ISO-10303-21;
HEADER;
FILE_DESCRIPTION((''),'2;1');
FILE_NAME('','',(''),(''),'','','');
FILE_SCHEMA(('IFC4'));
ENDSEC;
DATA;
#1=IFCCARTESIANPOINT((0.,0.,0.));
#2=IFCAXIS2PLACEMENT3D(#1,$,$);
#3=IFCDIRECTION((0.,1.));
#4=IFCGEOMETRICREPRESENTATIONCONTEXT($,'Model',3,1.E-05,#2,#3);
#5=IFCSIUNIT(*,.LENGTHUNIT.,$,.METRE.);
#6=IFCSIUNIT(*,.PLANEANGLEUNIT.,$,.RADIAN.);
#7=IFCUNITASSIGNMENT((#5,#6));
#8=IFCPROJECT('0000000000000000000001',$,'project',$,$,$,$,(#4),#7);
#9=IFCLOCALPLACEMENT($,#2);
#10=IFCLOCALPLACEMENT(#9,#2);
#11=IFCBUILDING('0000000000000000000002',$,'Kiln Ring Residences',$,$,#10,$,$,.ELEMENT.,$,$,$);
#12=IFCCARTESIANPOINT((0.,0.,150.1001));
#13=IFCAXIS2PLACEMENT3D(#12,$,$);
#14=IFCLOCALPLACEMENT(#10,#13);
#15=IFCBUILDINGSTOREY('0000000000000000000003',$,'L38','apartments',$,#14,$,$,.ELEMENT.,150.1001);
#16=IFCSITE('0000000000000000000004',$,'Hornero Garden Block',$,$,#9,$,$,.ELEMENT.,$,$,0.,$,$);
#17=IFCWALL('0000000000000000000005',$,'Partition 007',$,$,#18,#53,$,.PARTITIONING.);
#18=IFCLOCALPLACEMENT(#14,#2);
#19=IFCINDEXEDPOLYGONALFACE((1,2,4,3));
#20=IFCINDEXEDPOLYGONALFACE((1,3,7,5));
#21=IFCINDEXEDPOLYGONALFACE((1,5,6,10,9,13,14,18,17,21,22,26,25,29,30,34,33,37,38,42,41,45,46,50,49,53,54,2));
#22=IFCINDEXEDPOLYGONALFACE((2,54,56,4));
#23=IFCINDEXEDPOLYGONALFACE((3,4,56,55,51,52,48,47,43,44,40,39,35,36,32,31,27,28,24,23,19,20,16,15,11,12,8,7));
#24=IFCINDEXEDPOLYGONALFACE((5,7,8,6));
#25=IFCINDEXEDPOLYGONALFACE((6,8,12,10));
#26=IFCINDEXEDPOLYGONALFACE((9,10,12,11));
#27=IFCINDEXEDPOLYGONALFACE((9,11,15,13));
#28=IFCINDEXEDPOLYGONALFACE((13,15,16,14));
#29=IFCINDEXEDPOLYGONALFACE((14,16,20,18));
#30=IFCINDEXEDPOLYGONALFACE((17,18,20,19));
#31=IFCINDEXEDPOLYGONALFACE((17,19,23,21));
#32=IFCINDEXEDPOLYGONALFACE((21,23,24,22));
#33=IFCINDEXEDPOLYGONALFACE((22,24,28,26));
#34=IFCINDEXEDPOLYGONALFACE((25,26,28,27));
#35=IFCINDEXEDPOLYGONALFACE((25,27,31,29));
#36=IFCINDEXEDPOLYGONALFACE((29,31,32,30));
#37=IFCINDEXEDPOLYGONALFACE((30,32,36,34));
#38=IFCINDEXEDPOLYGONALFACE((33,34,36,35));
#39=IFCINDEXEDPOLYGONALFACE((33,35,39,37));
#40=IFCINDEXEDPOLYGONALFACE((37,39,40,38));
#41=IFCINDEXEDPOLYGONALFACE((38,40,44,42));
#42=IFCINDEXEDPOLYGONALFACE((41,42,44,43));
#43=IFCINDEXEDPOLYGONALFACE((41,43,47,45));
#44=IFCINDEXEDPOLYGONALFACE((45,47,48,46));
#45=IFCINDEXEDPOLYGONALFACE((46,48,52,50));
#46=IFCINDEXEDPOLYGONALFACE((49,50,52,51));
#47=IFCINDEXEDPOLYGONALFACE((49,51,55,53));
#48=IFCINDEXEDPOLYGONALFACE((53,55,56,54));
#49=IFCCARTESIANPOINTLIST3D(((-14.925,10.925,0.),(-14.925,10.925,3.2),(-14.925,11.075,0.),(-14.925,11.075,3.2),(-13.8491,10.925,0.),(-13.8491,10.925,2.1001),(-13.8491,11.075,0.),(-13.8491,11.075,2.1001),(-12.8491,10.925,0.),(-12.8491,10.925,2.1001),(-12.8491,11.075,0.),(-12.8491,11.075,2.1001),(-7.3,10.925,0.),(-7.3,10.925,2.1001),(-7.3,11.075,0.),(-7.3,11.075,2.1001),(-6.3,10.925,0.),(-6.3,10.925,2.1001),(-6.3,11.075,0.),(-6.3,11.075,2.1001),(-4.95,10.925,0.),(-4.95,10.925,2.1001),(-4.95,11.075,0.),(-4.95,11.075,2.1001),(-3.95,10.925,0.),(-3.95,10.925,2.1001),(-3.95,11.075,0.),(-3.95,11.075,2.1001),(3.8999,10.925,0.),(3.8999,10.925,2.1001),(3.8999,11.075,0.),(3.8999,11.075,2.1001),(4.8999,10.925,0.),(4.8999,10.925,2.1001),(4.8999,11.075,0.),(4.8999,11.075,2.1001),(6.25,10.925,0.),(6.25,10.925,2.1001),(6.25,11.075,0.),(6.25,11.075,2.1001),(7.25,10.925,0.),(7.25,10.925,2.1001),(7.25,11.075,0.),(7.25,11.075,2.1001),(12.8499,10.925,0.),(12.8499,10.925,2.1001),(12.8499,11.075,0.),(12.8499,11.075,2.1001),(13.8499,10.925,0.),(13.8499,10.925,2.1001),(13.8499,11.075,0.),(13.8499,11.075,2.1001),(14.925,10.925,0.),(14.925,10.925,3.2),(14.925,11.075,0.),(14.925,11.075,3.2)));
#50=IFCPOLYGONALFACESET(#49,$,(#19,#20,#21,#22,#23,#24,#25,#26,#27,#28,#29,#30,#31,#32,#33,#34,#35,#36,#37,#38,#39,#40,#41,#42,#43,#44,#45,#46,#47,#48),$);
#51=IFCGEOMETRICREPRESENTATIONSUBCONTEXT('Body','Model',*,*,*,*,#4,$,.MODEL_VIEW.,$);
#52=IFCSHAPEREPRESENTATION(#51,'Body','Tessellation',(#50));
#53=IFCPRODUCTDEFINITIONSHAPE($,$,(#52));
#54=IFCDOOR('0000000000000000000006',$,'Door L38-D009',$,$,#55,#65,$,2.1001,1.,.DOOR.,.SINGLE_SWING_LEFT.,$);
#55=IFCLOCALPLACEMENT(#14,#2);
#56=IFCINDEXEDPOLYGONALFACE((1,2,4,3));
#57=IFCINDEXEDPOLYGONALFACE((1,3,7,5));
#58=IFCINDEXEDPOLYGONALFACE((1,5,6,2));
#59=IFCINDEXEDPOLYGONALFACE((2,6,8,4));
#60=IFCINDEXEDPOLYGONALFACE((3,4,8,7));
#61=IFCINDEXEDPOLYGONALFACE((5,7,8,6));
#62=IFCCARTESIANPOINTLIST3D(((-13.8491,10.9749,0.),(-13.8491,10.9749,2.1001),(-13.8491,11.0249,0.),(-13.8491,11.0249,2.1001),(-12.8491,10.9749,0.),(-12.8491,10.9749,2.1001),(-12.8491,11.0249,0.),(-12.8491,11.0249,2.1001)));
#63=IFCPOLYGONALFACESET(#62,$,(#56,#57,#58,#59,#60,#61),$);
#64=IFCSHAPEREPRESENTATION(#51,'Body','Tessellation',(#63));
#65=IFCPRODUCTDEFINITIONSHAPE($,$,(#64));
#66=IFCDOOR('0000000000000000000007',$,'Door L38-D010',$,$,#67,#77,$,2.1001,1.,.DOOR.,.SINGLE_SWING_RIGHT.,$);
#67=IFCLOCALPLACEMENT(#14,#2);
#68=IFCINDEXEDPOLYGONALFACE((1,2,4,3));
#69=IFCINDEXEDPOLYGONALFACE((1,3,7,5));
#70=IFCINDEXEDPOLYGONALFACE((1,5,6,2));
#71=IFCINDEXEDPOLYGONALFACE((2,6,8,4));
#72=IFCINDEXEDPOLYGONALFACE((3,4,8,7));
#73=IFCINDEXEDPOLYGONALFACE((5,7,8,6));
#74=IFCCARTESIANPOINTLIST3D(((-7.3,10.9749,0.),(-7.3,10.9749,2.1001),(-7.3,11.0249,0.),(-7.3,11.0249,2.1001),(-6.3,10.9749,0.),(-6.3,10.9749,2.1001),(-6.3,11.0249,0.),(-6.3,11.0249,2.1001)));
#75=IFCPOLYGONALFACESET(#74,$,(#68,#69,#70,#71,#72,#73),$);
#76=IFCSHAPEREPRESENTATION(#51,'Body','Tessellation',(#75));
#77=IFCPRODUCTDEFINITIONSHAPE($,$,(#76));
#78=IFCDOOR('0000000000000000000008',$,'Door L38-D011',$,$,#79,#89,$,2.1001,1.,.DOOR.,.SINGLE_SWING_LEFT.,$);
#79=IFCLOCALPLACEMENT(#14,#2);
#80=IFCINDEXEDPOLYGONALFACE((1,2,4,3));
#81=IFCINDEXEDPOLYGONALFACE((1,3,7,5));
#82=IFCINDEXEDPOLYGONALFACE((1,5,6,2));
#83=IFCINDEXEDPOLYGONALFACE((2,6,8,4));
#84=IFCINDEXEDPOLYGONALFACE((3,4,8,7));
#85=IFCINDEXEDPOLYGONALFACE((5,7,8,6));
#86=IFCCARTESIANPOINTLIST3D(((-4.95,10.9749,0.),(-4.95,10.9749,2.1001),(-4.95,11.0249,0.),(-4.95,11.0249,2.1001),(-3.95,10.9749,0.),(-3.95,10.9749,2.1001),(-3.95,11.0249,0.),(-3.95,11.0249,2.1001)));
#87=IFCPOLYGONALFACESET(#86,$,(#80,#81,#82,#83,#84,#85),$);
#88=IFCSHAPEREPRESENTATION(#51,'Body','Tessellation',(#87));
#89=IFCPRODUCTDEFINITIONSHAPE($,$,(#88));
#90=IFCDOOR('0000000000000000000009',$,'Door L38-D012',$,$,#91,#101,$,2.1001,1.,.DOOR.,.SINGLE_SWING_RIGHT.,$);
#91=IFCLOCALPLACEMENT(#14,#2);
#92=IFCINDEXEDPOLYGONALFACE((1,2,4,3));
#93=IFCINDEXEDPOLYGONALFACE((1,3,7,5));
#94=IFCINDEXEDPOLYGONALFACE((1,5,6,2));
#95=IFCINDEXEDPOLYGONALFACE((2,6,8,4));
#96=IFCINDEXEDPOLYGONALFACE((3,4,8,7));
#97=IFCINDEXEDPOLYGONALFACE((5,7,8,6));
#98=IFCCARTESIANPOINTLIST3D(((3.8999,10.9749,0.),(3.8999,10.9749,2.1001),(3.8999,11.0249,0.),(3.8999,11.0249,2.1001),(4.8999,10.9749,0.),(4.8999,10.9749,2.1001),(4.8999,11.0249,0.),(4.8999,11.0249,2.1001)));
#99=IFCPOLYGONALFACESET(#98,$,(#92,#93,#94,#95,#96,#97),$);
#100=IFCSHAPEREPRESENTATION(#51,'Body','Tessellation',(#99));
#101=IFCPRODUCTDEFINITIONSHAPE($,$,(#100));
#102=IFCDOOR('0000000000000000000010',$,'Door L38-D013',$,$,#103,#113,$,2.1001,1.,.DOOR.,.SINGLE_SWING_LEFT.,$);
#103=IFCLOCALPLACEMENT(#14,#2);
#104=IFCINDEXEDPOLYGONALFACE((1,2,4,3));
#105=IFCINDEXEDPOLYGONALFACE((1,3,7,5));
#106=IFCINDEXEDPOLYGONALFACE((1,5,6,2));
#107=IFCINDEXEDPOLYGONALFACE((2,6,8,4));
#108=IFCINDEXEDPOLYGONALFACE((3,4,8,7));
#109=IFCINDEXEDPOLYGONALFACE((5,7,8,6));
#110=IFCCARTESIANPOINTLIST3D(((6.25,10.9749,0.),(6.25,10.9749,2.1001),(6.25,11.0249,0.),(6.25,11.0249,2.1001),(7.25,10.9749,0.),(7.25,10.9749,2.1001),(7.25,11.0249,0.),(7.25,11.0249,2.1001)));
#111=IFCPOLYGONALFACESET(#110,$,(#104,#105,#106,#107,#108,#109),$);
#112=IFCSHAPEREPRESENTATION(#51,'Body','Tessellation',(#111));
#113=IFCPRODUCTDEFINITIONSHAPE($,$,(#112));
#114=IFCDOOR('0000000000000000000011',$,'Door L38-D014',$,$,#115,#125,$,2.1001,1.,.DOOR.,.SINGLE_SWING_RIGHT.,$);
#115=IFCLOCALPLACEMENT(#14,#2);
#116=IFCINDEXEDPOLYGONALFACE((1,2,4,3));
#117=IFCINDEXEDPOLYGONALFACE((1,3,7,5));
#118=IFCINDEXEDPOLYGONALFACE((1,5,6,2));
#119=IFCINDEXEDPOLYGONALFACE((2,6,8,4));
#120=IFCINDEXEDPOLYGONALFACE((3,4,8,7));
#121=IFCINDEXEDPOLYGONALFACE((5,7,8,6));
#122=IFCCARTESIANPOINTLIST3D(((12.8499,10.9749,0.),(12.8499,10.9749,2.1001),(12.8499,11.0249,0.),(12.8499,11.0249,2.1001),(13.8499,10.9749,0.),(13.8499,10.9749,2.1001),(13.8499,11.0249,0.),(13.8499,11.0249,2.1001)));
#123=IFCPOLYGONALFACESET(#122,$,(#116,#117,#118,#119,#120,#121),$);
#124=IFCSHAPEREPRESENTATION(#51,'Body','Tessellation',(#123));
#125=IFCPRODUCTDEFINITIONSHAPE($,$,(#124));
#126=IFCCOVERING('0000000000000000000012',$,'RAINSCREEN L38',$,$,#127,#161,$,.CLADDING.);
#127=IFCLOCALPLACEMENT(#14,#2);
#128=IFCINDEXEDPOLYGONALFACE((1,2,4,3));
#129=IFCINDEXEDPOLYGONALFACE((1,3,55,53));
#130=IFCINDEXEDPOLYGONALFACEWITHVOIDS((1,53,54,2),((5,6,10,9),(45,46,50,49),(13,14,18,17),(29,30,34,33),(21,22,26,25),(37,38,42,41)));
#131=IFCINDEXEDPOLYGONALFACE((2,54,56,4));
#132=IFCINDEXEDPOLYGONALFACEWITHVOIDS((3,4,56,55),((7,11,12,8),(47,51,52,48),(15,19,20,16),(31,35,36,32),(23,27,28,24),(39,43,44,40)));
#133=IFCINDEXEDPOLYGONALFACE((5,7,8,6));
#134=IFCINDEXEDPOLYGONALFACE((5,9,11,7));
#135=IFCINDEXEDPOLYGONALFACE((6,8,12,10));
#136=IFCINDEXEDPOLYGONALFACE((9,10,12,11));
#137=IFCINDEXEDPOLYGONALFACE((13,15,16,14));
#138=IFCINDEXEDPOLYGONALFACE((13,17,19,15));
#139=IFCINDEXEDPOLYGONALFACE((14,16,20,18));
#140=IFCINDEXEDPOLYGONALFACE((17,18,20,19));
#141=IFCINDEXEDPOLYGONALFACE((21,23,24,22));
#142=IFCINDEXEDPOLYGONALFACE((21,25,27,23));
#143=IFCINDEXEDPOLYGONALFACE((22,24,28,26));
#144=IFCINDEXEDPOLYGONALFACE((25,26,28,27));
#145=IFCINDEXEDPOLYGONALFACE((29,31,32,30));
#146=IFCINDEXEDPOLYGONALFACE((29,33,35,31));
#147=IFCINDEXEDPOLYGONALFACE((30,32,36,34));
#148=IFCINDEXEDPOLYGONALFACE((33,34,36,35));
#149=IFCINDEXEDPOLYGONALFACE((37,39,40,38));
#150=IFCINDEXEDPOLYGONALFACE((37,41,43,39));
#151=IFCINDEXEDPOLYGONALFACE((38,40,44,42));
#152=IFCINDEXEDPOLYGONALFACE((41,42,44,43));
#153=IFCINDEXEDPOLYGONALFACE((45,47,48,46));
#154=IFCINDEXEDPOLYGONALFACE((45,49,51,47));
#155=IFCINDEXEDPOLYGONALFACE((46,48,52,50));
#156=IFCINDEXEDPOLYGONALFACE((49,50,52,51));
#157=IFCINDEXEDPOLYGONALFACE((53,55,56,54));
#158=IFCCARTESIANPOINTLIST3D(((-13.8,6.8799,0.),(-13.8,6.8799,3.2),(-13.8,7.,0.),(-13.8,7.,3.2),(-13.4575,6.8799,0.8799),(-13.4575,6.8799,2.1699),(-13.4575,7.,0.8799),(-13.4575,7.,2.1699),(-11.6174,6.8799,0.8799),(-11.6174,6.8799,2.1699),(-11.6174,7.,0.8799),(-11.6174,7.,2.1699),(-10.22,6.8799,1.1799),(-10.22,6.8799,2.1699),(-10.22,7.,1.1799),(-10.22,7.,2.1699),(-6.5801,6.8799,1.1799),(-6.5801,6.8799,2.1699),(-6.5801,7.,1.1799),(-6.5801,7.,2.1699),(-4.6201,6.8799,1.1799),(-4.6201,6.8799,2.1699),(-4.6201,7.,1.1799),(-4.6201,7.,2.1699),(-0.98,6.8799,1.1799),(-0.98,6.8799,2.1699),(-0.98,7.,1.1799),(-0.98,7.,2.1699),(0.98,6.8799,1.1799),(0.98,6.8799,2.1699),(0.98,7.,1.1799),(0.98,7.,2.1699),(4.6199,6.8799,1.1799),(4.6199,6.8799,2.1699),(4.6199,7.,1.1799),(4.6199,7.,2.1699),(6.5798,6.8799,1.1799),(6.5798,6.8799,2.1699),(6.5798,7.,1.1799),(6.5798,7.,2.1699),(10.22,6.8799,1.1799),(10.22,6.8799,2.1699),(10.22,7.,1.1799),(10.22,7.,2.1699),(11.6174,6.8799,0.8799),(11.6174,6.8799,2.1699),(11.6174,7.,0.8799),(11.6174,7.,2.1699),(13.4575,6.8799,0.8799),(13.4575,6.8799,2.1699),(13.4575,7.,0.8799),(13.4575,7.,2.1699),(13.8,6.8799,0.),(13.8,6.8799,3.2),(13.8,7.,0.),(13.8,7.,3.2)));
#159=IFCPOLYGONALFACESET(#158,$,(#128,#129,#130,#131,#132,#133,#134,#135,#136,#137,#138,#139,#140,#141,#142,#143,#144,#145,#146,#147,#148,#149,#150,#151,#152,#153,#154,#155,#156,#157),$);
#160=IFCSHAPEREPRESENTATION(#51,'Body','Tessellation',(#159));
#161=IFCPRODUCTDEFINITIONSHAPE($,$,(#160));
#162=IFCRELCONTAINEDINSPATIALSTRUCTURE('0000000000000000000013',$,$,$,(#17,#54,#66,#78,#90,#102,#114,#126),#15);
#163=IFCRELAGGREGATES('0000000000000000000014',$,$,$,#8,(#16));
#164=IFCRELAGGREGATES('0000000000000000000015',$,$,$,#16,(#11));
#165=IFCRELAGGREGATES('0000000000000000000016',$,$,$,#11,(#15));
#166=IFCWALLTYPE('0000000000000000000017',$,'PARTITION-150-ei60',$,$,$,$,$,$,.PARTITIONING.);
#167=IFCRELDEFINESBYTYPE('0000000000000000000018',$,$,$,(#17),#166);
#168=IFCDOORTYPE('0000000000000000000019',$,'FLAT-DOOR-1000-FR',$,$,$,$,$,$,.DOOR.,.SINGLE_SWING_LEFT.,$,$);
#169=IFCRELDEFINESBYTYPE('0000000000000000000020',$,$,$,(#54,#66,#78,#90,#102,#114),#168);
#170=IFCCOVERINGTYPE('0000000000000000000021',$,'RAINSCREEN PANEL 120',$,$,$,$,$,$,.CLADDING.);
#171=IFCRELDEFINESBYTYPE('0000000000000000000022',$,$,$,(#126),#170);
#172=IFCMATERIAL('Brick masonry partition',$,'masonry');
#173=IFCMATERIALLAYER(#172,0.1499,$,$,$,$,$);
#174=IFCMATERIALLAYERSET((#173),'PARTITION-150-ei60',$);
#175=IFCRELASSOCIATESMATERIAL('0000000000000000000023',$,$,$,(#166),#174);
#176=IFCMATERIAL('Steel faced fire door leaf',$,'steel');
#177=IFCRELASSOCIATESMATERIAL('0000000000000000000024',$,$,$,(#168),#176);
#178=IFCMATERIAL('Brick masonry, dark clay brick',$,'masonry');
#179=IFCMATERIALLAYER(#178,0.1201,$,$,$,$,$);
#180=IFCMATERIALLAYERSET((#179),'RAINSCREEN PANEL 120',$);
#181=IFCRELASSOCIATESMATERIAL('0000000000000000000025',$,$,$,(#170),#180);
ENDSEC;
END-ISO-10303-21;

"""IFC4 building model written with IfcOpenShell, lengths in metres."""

from ifc_helpers import new_model, si_unit, direction, frame, frame_2d, origin, place, context, subcontext, project, spatial, polyline, rectangle, outline, extrude, material, layer, layer_set, type_object, element, fill, save


model = new_model("IFC4")

# Units and contexts
model_context = context("Model", 3, precision=1e-05, world=origin(), true_north=direction((0.0, 1.0)))
body_context = subcontext(model_context, "Body", "Model", "MODEL_VIEW")
ifc_project = project(units=[si_unit("LENGTHUNIT", "METRE"), si_unit("PLANEANGLEUNIT", "RADIAN")], contexts=[model_context])

# Site, building, storey
site_placement = place(None, origin())
site = spatial("IfcSite", under=ifc_project, at=site_placement, Name="Hornero Garden Block", CompositionType="ELEMENT", RefElevation=0.0)
building_placement = place(site_placement, origin())
building = spatial("IfcBuilding", under=site, at=building_placement, Name="Kiln Ring Residences", CompositionType="ELEMENT")
storey_placement = place(building_placement, frame((0.0, 0.0, 150.1001)))
storey = spatial("IfcBuildingStorey", under=building, at=storey_placement, Name="L38", Description="apartments", CompositionType="ELEMENT", Elevation=150.1001)

# Wall, openings, doors
ifc_material_1 = material(Name="Brick masonry partition", Category="masonry")
ifc_layer_1 = layer(ifc_material_1, 0.1499)
ifc_layer_set_1 = layer_set([ifc_layer_1], Name="PARTITION-150-ei60")
wall_type_1 = type_object("IfcWallType", Name="PARTITION-150-ei60", PredefinedType="PARTITIONING", material=ifc_layer_set_1)
wall_1_placement = place(storey_placement, frame((-14.925, 11.0, 0.0), z_axis=(0.0, 0.0, 1.0), x_axis=(1.0, 0.0, 0.0)))
wall_1 = element("IfcWall", 1, at=wall_1_placement, inside=storey, type_object=wall_type_1, Name="Partition 007", PredefinedType="PARTITIONING", context=body_context, shape_type="SweptSolid", body=[
    extrude(rectangle(XDim=29.8501, YDim=0.1499, at=frame_2d((14.925, 0.0))), origin(), (0.0, 0.0, 1.0), 3.2),
])
opening_1_placement = place(wall_1_placement, frame((1.0759, 0.0, 0.0)))
opening_1 = element("IfcOpeningElement", 2, at=opening_1_placement, cuts=wall_1, PredefinedType="OPENING", context=body_context, shape_type="SweptSolid", body=[
    extrude(rectangle(XDim=1.0, YDim=2.1001, at=frame_2d((0.5, 1.05))), frame((0.0, 0.085, 0.0), z_axis=(0.0, -1.0, 0.0), x_axis=(1.0, 0.0, 0.0)), (0.0, 0.0, 1.0), 0.1699),
])
opening_2_placement = place(wall_1_placement, frame((7.625, 0.0, 0.0)))
opening_2 = element("IfcOpeningElement", 3, at=opening_2_placement, cuts=wall_1, PredefinedType="OPENING", context=body_context, shape_type="SweptSolid", body=[
    extrude(rectangle(XDim=1.0, YDim=2.1001, at=frame_2d((0.5, 1.05))), frame((0.0, 0.085, 0.0), z_axis=(0.0, -1.0, 0.0), x_axis=(1.0, 0.0, 0.0)), (0.0, 0.0, 1.0), 0.1699),
])
opening_3_placement = place(wall_1_placement, frame((9.9751, 0.0, 0.0)))
opening_3 = element("IfcOpeningElement", 4, at=opening_3_placement, cuts=wall_1, PredefinedType="OPENING", context=body_context, shape_type="SweptSolid", body=[
    extrude(rectangle(XDim=1.0, YDim=2.1001, at=frame_2d((0.5, 1.05))), frame((0.0, 0.085, 0.0), z_axis=(0.0, -1.0, 0.0), x_axis=(1.0, 0.0, 0.0)), (0.0, 0.0, 1.0), 0.1699),
])
opening_4_placement = place(wall_1_placement, frame((18.825, 0.0, 0.0)))
opening_4 = element("IfcOpeningElement", 5, at=opening_4_placement, cuts=wall_1, PredefinedType="OPENING", context=body_context, shape_type="SweptSolid", body=[
    extrude(rectangle(XDim=1.0, YDim=2.1001, at=frame_2d((0.5, 1.05))), frame((0.0, 0.085, 0.0), z_axis=(0.0, -1.0, 0.0), x_axis=(1.0, 0.0, 0.0)), (0.0, 0.0, 1.0), 0.1699),
])
opening_5_placement = place(wall_1_placement, frame((21.175, 0.0, 0.0)))
opening_5 = element("IfcOpeningElement", 6, at=opening_5_placement, cuts=wall_1, PredefinedType="OPENING", context=body_context, shape_type="SweptSolid", body=[
    extrude(rectangle(XDim=1.0, YDim=2.1001, at=frame_2d((0.5, 1.05))), frame((0.0, 0.085, 0.0), z_axis=(0.0, -1.0, 0.0), x_axis=(1.0, 0.0, 0.0)), (0.0, 0.0, 1.0), 0.1699),
])
opening_6_placement = place(wall_1_placement, frame((27.7749, 0.0, 0.0)))
opening_6 = element("IfcOpeningElement", 7, at=opening_6_placement, cuts=wall_1, PredefinedType="OPENING", context=body_context, shape_type="SweptSolid", body=[
    extrude(rectangle(XDim=1.0, YDim=2.1001, at=frame_2d((0.5, 1.05))), frame((0.0, 0.085, 0.0), z_axis=(0.0, -1.0, 0.0), x_axis=(1.0, 0.0, 0.0)), (0.0, 0.0, 1.0), 0.1699),
])
ifc_material_2 = material(Name="Steel faced fire door leaf", Category="steel")
door_type = type_object("IfcDoorType", Name="FLAT-DOOR-1000-FR", OperationType="SINGLE_SWING_LEFT", PredefinedType="DOOR", material=ifc_material_2)
door_1_placement = place(opening_1_placement, origin())
door_1 = element("IfcDoor", 8, at=door_1_placement, inside=storey, type_object=door_type, Name="Door L38-D009", OperationType="SINGLE_SWING_LEFT", OverallHeight=2.1001, OverallWidth=1.0, PredefinedType="DOOR", context=body_context, shape_type="SweptSolid", body=[
    extrude(rectangle(XDim=1.0, YDim=2.1001, at=frame_2d((0.5, 1.05))), frame((0.0, 0.0249, 0.0), z_axis=(0.0, -1.0, 0.0), x_axis=(1.0, 0.0, 0.0)), (0.0, 0.0, 1.0), 0.05),
])
fill(opening_1, door_1)
door_2_placement = place(opening_2_placement, origin())
door_2 = element("IfcDoor", 9, at=door_2_placement, inside=storey, type_object=door_type, Name="Door L38-D010", OperationType="SINGLE_SWING_RIGHT", OverallHeight=2.1001, OverallWidth=1.0, PredefinedType="DOOR", context=body_context, shape_type="SweptSolid", body=[
    extrude(rectangle(XDim=1.0, YDim=2.1001, at=frame_2d((0.5, 1.05))), frame((0.0, 0.0249, 0.0), z_axis=(0.0, -1.0, 0.0), x_axis=(1.0, 0.0, 0.0)), (0.0, 0.0, 1.0), 0.05),
])
fill(opening_2, door_2)
door_3_placement = place(opening_3_placement, origin())
door_3 = element("IfcDoor", 10, at=door_3_placement, inside=storey, type_object=door_type, Name="Door L38-D011", OperationType="SINGLE_SWING_LEFT", OverallHeight=2.1001, OverallWidth=1.0, PredefinedType="DOOR", context=body_context, shape_type="SweptSolid", body=[
    extrude(rectangle(XDim=1.0, YDim=2.1001, at=frame_2d((0.5, 1.05))), frame((0.0, 0.0249, 0.0), z_axis=(0.0, -1.0, 0.0), x_axis=(1.0, 0.0, 0.0)), (0.0, 0.0, 1.0), 0.05),
])
fill(opening_3, door_3)
door_4_placement = place(opening_4_placement, origin())
door_4 = element("IfcDoor", 11, at=door_4_placement, inside=storey, type_object=door_type, Name="Door L38-D012", OperationType="SINGLE_SWING_RIGHT", OverallHeight=2.1001, OverallWidth=1.0, PredefinedType="DOOR", context=body_context, shape_type="SweptSolid", body=[
    extrude(rectangle(XDim=1.0, YDim=2.1001, at=frame_2d((0.5, 1.05))), frame((0.0, 0.0249, 0.0), z_axis=(0.0, -1.0, 0.0), x_axis=(1.0, 0.0, 0.0)), (0.0, 0.0, 1.0), 0.05),
])
fill(opening_4, door_4)
door_5_placement = place(opening_5_placement, origin())
door_5 = element("IfcDoor", 12, at=door_5_placement, inside=storey, type_object=door_type, Name="Door L38-D013", OperationType="SINGLE_SWING_LEFT", OverallHeight=2.1001, OverallWidth=1.0, PredefinedType="DOOR", context=body_context, shape_type="SweptSolid", body=[
    extrude(rectangle(XDim=1.0, YDim=2.1001, at=frame_2d((0.5, 1.05))), frame((0.0, 0.0249, 0.0), z_axis=(0.0, -1.0, 0.0), x_axis=(1.0, 0.0, 0.0)), (0.0, 0.0, 1.0), 0.05),
])
fill(opening_5, door_5)
door_6_placement = place(opening_6_placement, origin())
door_6 = element("IfcDoor", 13, at=door_6_placement, inside=storey, type_object=door_type, Name="Door L38-D014", OperationType="SINGLE_SWING_RIGHT", OverallHeight=2.1001, OverallWidth=1.0, PredefinedType="DOOR", context=body_context, shape_type="SweptSolid", body=[
    extrude(rectangle(XDim=1.0, YDim=2.1001, at=frame_2d((0.5, 1.05))), frame((0.0, 0.0249, 0.0), z_axis=(0.0, -1.0, 0.0), x_axis=(1.0, 0.0, 0.0)), (0.0, 0.0, 1.0), 0.05),
])
fill(opening_6, door_6)

# Covering
ifc_material_3 = material(Name="Brick masonry, dark clay brick", Category="masonry")
ifc_layer_2 = layer(ifc_material_3, 0.1201)
ifc_layer_set_2 = layer_set([ifc_layer_2], Name="RAINSCREEN PANEL 120")
covering_type = type_object("IfcCoveringType", Name="RAINSCREEN PANEL 120", PredefinedType="CLADDING", material=ifc_layer_set_2)
covering_placement = place(storey_placement, frame((-13.8, 6.9399, 0.0), z_axis=(0.0, 0.0, 1.0), x_axis=(1.0, 0.0, 0.0)))
element("IfcCovering", 14, at=covering_placement, inside=storey, type_object=covering_type, Name="RAINSCREEN L38", PredefinedType="CLADDING", context=body_context, shape_type="SweptSolid", body=[
    extrude(outline(polyline([(0.0, 0.0), (27.6001, 0.0), (27.6001, 3.2), (0.0, 3.2), (0.0, 0.0)]), holes=[polyline([(2.1826, 0.8799), (2.1826, 2.1699), (0.3425, 2.1699), (0.3425, 0.8799), (2.1826, 0.8799)]), polyline([(25.4175, 0.8799), (27.2576, 0.8799), (27.2576, 2.1699), (25.4175, 2.1699), (25.4175, 0.8799)]), polyline([(3.5801, 1.1799), (7.22, 1.1799), (7.22, 2.1699), (3.5801, 2.1699), (3.5801, 1.1799)]), polyline([(12.8201, 1.1799), (12.8201, 2.1699), (9.1799, 2.1699), (9.1799, 1.1799), (12.8201, 1.1799)]), polyline([(14.78, 1.1799), (18.4199, 1.1799), (18.4199, 2.1699), (14.78, 2.1699), (14.78, 1.1799)]), polyline([(20.3799, 1.1799), (24.02, 1.1799), (24.02, 2.1699), (20.3799, 2.1699), (20.3799, 1.1799)])]), frame((0.0, 0.0601, 0.0), z_axis=(0.0, -1.0, 0.0), x_axis=(1.0, 0.0, 0.0)), (0.0, 0.0, 1.0), 0.1201),
])

save(model, "model.ifc")
